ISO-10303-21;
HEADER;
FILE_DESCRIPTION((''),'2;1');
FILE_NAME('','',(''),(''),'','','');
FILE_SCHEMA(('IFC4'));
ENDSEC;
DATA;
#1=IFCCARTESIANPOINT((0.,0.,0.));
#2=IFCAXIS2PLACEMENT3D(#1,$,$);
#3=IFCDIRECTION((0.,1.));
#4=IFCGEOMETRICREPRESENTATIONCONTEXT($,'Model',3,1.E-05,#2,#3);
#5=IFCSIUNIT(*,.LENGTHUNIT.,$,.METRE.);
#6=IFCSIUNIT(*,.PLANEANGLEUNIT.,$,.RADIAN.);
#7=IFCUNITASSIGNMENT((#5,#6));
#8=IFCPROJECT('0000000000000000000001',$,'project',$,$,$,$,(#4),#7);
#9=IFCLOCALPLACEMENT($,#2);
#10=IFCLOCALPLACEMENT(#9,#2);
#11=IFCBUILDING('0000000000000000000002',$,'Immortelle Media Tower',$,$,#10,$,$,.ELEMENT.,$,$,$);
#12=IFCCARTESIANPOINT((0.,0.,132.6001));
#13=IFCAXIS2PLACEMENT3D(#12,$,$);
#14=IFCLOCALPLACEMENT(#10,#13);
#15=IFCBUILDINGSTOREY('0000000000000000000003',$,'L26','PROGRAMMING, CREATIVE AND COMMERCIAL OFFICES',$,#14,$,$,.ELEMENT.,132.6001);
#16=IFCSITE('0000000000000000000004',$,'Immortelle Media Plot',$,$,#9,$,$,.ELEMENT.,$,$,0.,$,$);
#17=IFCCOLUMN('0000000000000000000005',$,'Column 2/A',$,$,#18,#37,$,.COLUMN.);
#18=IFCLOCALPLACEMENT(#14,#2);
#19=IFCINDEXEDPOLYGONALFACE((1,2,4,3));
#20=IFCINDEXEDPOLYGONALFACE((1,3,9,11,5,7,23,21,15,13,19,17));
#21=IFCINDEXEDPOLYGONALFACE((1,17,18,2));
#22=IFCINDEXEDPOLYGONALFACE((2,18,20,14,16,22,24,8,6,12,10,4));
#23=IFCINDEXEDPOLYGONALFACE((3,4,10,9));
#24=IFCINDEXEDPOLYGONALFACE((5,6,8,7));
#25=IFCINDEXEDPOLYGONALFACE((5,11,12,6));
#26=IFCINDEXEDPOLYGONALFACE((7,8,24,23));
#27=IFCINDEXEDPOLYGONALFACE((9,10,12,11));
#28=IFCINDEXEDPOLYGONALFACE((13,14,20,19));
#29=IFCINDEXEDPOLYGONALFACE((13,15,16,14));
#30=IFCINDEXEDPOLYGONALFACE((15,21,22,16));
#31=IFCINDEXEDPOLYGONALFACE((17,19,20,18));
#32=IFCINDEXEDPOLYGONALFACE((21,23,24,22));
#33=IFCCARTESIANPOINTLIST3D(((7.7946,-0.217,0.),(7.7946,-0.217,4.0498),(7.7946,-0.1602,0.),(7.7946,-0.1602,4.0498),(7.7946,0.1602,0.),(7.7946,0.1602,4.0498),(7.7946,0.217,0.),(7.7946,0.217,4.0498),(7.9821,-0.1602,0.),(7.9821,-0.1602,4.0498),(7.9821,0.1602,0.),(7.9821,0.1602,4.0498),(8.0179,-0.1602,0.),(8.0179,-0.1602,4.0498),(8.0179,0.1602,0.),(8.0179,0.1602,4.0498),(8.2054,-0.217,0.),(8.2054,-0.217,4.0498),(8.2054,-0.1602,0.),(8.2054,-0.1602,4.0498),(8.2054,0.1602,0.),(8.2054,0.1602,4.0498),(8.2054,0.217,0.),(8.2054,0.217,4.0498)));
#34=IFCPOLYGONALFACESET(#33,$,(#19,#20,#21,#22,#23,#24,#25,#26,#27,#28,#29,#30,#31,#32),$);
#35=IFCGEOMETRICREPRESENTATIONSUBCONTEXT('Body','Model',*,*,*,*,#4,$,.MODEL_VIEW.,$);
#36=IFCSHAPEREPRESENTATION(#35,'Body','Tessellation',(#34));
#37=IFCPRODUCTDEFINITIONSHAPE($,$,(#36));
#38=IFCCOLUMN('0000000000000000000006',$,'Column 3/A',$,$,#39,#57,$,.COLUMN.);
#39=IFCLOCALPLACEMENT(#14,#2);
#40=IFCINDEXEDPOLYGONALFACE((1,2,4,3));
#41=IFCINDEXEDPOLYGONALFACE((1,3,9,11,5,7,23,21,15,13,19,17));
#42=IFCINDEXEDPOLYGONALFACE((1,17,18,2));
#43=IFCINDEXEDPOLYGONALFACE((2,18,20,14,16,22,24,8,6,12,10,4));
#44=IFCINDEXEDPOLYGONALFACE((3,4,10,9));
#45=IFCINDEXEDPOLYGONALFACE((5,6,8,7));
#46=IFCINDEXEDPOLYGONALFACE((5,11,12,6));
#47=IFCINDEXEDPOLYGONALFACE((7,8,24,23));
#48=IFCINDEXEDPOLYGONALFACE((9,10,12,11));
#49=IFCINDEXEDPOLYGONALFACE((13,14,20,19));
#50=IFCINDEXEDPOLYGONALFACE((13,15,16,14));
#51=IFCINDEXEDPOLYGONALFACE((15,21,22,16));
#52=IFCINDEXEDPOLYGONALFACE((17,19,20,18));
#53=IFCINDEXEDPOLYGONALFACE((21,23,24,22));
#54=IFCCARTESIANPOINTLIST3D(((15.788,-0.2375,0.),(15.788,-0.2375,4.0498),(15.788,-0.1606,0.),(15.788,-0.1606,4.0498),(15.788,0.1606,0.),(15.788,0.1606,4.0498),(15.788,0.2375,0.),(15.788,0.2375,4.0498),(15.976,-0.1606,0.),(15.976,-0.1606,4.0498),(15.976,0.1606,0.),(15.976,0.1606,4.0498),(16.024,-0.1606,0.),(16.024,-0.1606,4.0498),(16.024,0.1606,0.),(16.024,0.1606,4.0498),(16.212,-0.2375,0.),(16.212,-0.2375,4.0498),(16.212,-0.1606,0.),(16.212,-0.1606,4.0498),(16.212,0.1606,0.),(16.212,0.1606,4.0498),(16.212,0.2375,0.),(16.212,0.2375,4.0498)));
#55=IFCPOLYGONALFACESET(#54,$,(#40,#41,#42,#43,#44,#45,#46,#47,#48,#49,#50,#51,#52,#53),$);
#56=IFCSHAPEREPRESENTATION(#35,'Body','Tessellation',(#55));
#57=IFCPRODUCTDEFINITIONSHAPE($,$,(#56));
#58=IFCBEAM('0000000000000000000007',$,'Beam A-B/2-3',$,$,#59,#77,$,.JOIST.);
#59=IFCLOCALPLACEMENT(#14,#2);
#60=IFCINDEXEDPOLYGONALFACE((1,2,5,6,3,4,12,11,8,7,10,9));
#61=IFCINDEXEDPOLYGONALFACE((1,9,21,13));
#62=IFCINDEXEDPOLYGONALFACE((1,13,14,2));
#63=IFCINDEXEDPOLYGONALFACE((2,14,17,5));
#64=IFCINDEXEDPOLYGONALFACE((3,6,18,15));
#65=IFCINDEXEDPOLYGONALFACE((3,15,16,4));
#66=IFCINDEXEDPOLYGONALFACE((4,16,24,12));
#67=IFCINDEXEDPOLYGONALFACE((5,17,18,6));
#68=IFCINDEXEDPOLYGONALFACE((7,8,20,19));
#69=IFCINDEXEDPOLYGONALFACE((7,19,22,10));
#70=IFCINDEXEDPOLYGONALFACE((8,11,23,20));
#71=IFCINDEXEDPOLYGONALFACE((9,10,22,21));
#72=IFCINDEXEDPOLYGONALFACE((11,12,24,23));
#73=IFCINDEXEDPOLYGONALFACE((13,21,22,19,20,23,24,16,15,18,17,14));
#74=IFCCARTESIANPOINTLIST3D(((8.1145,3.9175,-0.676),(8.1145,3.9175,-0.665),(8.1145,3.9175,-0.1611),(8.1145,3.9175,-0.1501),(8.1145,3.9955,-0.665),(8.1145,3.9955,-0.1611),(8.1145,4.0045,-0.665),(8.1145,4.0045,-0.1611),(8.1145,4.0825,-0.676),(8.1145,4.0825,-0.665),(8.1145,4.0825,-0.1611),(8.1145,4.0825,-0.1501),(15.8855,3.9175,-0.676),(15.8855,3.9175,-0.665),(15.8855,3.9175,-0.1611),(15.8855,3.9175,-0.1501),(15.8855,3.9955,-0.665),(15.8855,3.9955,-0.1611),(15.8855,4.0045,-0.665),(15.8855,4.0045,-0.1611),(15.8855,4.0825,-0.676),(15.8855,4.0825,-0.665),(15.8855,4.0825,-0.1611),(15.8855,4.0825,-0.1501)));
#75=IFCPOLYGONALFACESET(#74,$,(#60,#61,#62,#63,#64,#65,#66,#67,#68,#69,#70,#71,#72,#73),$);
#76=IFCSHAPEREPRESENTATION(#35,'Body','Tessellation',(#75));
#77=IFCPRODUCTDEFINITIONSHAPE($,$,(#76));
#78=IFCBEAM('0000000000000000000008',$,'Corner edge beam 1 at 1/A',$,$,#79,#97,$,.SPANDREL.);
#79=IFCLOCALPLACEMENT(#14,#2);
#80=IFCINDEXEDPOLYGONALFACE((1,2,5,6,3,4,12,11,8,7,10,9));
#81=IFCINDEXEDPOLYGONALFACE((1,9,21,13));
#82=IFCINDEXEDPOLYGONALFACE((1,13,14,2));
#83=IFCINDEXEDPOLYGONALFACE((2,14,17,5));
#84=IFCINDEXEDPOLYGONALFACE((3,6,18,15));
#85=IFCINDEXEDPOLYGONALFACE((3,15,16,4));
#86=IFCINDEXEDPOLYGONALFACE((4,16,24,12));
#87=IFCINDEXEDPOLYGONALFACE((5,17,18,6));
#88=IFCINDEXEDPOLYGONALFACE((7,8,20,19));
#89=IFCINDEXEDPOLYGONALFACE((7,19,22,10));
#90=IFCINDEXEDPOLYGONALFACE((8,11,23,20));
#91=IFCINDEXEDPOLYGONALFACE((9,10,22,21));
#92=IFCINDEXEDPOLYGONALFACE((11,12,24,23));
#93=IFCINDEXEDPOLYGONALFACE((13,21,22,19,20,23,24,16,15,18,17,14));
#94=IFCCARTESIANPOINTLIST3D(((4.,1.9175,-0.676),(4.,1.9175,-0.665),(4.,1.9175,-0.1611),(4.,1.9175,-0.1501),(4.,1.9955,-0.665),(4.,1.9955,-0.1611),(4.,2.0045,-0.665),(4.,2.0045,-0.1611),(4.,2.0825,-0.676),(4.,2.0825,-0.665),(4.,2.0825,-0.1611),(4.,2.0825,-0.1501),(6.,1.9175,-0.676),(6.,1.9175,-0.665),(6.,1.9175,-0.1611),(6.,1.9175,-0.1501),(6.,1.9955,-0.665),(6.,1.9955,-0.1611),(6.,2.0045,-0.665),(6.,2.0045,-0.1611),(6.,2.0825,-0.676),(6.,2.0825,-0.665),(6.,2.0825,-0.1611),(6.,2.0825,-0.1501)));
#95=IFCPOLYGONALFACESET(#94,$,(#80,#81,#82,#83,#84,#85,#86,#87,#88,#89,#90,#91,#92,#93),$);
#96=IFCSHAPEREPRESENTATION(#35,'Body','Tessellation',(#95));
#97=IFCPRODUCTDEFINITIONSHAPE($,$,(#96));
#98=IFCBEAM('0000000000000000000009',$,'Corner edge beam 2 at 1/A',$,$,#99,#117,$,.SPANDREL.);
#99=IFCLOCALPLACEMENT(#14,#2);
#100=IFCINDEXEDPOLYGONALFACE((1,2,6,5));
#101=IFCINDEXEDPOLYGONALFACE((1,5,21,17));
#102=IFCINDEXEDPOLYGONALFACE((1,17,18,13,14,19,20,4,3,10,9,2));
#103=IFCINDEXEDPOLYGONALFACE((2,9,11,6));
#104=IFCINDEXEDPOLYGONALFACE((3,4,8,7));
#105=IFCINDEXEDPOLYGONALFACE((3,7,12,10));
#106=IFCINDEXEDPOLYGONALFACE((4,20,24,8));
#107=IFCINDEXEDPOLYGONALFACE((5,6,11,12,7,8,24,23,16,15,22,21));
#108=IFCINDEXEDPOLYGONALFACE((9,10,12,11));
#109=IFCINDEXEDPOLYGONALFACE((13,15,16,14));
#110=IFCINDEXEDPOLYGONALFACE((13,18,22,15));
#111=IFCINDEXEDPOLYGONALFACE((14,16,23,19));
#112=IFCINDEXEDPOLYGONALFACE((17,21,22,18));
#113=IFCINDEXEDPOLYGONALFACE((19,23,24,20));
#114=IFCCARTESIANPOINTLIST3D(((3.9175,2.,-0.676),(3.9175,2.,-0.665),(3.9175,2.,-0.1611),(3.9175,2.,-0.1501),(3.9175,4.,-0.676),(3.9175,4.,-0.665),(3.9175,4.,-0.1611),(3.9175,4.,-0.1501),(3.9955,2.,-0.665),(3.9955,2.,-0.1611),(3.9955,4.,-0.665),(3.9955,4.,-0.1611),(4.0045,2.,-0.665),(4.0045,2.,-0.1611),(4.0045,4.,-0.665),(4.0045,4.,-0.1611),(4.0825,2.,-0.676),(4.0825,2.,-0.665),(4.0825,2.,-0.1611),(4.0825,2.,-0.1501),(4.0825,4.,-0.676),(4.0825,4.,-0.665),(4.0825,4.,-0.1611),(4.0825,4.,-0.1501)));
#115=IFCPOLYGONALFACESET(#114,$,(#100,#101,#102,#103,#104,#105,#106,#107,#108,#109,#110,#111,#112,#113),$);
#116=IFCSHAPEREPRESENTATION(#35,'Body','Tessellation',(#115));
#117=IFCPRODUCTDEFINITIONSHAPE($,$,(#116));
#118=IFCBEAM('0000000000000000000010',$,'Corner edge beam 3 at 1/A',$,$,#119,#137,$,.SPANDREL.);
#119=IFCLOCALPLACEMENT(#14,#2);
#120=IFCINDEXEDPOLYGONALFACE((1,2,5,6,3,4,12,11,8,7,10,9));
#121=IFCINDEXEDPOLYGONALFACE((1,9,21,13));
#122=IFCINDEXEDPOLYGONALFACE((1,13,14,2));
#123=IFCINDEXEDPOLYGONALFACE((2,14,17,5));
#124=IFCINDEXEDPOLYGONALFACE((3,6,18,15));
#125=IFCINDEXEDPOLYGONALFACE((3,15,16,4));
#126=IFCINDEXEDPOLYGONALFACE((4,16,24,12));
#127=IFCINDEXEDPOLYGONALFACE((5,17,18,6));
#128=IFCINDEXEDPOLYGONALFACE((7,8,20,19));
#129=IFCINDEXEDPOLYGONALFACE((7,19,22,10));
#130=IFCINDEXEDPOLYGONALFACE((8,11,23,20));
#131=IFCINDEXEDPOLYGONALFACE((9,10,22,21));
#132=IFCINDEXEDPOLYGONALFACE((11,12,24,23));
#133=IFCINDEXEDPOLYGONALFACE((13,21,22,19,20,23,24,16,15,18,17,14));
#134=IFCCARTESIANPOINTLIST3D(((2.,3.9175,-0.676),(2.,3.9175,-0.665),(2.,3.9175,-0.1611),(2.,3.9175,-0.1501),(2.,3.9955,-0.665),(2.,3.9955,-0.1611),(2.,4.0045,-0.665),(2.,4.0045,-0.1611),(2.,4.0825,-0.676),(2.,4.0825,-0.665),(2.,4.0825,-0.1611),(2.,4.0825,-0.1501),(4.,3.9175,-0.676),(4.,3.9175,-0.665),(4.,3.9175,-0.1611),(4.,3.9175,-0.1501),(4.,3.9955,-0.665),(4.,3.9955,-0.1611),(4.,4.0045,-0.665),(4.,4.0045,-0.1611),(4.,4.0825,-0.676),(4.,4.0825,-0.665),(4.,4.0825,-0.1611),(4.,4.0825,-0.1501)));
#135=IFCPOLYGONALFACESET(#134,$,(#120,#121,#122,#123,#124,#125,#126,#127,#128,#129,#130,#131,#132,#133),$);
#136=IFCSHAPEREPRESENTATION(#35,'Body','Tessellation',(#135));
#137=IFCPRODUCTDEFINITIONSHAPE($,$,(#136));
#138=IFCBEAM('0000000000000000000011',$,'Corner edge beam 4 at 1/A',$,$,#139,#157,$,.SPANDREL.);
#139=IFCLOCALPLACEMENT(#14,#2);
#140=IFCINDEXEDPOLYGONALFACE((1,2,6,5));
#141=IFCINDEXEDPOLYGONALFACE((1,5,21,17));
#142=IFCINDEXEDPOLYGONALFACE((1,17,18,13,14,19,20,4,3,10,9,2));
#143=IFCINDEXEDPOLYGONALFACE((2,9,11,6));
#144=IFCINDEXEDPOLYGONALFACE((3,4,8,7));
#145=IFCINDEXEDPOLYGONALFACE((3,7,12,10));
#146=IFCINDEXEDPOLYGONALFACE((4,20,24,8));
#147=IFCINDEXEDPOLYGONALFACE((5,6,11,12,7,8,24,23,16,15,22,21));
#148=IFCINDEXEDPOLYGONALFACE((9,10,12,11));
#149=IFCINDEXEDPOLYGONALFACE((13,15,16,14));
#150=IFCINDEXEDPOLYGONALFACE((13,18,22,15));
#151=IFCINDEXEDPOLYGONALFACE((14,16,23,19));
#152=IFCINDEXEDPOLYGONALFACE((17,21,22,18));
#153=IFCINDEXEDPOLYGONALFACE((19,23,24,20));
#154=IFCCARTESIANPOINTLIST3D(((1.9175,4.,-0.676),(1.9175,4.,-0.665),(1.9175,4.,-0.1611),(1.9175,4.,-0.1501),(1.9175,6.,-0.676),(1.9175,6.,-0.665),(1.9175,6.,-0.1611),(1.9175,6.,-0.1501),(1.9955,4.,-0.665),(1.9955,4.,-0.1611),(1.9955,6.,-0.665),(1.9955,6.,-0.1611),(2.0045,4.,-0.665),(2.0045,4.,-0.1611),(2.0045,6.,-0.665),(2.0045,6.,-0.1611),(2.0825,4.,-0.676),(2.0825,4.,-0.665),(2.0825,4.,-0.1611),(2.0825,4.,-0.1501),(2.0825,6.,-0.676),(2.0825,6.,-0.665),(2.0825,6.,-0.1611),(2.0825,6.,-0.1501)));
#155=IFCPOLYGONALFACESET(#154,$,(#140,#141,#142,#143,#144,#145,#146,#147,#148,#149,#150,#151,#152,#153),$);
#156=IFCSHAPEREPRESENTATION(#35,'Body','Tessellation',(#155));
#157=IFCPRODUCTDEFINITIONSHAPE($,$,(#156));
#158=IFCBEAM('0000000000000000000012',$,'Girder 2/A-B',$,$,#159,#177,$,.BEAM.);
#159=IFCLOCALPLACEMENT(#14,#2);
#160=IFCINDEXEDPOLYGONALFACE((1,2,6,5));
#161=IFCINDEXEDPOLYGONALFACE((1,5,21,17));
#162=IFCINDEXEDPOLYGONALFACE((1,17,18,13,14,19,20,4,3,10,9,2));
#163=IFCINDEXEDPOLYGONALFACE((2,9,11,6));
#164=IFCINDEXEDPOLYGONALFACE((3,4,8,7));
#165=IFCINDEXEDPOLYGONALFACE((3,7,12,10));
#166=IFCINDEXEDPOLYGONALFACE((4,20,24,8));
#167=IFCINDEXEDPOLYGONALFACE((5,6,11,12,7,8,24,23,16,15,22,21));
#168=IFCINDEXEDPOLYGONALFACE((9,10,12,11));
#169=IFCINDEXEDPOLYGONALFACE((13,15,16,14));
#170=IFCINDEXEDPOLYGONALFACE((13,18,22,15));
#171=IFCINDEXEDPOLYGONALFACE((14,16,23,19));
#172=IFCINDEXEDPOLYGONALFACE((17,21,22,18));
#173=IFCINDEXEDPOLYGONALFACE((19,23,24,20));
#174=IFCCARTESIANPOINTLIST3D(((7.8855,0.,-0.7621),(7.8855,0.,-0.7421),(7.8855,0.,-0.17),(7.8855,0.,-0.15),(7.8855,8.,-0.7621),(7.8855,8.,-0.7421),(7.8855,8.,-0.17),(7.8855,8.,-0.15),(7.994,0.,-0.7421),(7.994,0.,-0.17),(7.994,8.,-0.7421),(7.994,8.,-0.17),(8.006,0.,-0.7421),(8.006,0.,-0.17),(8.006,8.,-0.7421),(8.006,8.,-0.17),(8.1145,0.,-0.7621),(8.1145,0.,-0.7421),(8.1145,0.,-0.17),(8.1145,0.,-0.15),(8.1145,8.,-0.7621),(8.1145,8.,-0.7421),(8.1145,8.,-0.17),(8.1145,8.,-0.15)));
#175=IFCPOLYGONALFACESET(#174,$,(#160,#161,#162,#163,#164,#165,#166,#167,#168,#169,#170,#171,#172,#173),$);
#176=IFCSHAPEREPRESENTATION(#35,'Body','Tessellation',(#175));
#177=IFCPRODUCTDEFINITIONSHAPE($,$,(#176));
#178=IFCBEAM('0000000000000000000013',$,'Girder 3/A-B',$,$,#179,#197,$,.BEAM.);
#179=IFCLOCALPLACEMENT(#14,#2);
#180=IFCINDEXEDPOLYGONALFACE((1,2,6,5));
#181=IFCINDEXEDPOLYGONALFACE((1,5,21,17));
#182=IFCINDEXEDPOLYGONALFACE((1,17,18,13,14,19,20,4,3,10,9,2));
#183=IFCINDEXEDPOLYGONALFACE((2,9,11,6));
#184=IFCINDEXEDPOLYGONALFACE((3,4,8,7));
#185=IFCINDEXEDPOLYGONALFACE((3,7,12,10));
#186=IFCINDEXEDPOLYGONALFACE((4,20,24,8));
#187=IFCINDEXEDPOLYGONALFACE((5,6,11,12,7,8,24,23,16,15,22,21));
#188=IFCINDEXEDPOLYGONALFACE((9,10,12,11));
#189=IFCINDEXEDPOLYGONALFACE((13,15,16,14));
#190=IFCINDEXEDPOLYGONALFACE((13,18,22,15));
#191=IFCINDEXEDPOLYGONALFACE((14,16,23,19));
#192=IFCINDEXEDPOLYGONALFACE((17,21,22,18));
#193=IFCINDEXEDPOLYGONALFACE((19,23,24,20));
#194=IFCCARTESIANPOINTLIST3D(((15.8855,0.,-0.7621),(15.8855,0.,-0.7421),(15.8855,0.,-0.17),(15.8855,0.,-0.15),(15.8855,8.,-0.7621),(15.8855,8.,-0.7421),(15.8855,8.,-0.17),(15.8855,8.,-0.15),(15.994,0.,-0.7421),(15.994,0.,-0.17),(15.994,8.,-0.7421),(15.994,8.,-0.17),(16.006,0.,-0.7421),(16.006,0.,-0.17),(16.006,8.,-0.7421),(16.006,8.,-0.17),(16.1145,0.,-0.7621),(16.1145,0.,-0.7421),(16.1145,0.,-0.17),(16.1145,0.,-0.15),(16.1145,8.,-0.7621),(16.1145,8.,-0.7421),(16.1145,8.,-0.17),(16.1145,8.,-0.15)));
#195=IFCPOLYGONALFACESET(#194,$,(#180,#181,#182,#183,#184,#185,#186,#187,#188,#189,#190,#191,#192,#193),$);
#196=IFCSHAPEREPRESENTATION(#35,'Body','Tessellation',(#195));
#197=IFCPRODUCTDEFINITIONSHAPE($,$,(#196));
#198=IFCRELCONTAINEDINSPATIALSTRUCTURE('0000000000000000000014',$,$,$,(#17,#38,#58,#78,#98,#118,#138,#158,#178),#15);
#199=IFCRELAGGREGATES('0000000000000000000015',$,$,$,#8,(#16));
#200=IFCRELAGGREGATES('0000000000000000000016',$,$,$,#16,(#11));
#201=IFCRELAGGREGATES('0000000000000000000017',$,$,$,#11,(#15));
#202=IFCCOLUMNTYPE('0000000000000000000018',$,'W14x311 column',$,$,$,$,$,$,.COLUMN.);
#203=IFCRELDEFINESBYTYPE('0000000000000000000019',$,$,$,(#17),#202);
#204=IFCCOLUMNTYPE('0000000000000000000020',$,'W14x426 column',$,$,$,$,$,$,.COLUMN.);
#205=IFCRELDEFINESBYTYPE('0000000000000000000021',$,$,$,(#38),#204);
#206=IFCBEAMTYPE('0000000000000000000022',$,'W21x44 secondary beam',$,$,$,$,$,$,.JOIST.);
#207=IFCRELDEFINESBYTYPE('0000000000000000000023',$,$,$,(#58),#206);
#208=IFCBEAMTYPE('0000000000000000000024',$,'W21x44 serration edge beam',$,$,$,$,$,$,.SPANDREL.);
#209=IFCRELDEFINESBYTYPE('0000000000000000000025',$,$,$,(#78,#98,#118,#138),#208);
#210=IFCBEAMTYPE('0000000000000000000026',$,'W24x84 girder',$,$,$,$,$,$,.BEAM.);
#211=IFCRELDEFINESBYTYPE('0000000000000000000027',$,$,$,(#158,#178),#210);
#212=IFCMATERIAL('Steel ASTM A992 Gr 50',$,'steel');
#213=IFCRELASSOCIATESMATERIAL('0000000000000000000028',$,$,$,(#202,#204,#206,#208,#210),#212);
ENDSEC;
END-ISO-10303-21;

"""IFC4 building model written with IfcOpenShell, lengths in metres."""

from ifc_helpers import new_model, si_unit, direction, frame, origin, origin_2d, place, context, subcontext, project, spatial, i_section, extrude, material, material_profile, profile_set, type_object, element, save


model = new_model("IFC4")

# Units and contexts
model_context = context("Model", 3, precision=1e-05, world=origin(), true_north=direction((0.0, 1.0)))
body_context = subcontext(model_context, "Body", "Model", "MODEL_VIEW")
ifc_project = project(units=[si_unit("LENGTHUNIT", "METRE"), si_unit("PLANEANGLEUNIT", "RADIAN")], contexts=[model_context])

# Site, building, storey
site_placement = place(None, origin())
site = spatial("IfcSite", under=ifc_project, at=site_placement, Name="Immortelle Media Plot", CompositionType="ELEMENT", RefElevation=0.0)
building_placement = place(site_placement, origin())
building = spatial("IfcBuilding", under=site, at=building_placement, Name="Immortelle Media Tower", CompositionType="ELEMENT")
storey_placement = place(building_placement, frame((0.0, 0.0, 132.6001)))
storey = spatial("IfcBuildingStorey", under=building, at=storey_placement, Name="L26", Description="PROGRAMMING, CREATIVE AND COMMERCIAL OFFICES", CompositionType="ELEMENT", Elevation=132.6001)

# Columns
ifc_material_1 = material(Name="Steel ASTM A992 Gr 50", Category="steel")
ifc_material_profile_1 = material_profile(ifc_material_1, i_section(OverallWidth=0.4109, OverallDepth=0.4341, WebThickness=0.0359, FlangeThickness=0.0569, at=origin_2d()), Name="W14x311")
ifc_profile_set_1 = profile_set([ifc_material_profile_1], Name="Steel ASTM A992 Gr 50")
column_type_1 = type_object("IfcColumnType", Name="W14x311 column", PredefinedType="COLUMN", material=ifc_profile_set_1)
column_1_placement = place(storey_placement, frame((8.0, 0.0, 0.0), z_axis=(0.0, 0.0, 1.0), x_axis=(1.0, 0.0, 0.0)))
element("IfcColumn", 1, at=column_1_placement, inside=storey, type_object=column_type_1, Name="Column 2/A", PredefinedType="COLUMN", context=body_context, shape_type="SweptSolid", body=[
    extrude(i_section(OverallWidth=0.4109, OverallDepth=0.4341, WebThickness=0.0359, FlangeThickness=0.0569, at=origin_2d()), origin(), (0.0, 0.0, 1.0), 4.0498),
])
ifc_material_profile_2 = material_profile(ifc_material_1, i_section(OverallWidth=0.4241, OverallDepth=0.4751, WebThickness=0.0481, FlangeThickness=0.0769, at=origin_2d()), Name="W14x426")
ifc_profile_set_2 = profile_set([ifc_material_profile_2], Name="Steel ASTM A992 Gr 50")
column_type_2 = type_object("IfcColumnType", Name="W14x426 column", PredefinedType="COLUMN", material=ifc_profile_set_2)
column_2_placement = place(storey_placement, frame((16.0, 0.0, 0.0), z_axis=(0.0, 0.0, 1.0), x_axis=(1.0, 0.0, 0.0)))
element("IfcColumn", 2, at=column_2_placement, inside=storey, type_object=column_type_2, Name="Column 3/A", PredefinedType="COLUMN", context=body_context, shape_type="SweptSolid", body=[
    extrude(i_section(OverallWidth=0.4241, OverallDepth=0.4751, WebThickness=0.0481, FlangeThickness=0.0769, at=origin_2d()), origin(), (0.0, 0.0, 1.0), 4.0498),
])

# Beams
ifc_material_profile_3 = material_profile(ifc_material_1, i_section(OverallWidth=0.165, OverallDepth=0.5259, WebThickness=0.009, FlangeThickness=0.011, at=origin_2d()), Name="W21x44")
ifc_profile_set_3 = profile_set([ifc_material_profile_3], Name="Steel ASTM A992 Gr 50")
beam_type_1 = type_object("IfcBeamType", Name="W21x44 secondary beam", PredefinedType="JOIST", material=ifc_profile_set_3)
beam_1_placement = place(storey_placement, frame((8.1145, 4.0, -0.4131), z_axis=(1.0, 0.0, 0.0), x_axis=(0.0, 1.0, 0.0)))
element("IfcBeam", 3, at=beam_1_placement, inside=storey, type_object=beam_type_1, Name="Beam A-B/2-3", PredefinedType="JOIST", context=body_context, shape_type="SweptSolid", body=[
    extrude(i_section(OverallWidth=0.165, OverallDepth=0.5259, WebThickness=0.009, FlangeThickness=0.011, at=origin_2d()), origin(), (0.0, 0.0, 1.0), 7.771),
])
ifc_material_profile_4 = material_profile(ifc_material_1, i_section(OverallWidth=0.165, OverallDepth=0.5259, WebThickness=0.009, FlangeThickness=0.011, at=origin_2d()), Name="W21x44")
ifc_profile_set_4 = profile_set([ifc_material_profile_4], Name="Steel ASTM A992 Gr 50")
beam_type_2 = type_object("IfcBeamType", Name="W21x44 serration edge beam", PredefinedType="SPANDREL", material=ifc_profile_set_4)
for number, where, z_axis, x_axis, name in (
    (4, (6.0, 2.0, -0.4131), (-1.0, 0.0, 0.0), (0.0, -1.0, 0.0), "Corner edge beam 1 at 1/A"),
    (5, (4.0, 2.0, -0.4131), (0.0, 1.0, 0.0), (-1.0, 0.0, 0.0), "Corner edge beam 2 at 1/A"),
    (6, (4.0, 4.0, -0.4131), (-1.0, 0.0, 0.0), (0.0, -1.0, 0.0), "Corner edge beam 3 at 1/A"),
    (7, (2.0, 4.0, -0.4131), (0.0, 1.0, 0.0), (-1.0, 0.0, 0.0), "Corner edge beam 4 at 1/A"),
):
    element("IfcBeam", number, at=place(storey_placement, frame(where, z_axis=z_axis, x_axis=x_axis)), inside=storey, type_object=beam_type_2, Name=name, PredefinedType="SPANDREL", context=body_context, shape_type="SweptSolid", body=[
        extrude(i_section(OverallWidth=0.165, OverallDepth=0.5259, WebThickness=0.009, FlangeThickness=0.011, at=origin_2d()), origin(), (0.0, 0.0, 1.0), 2.0),
    ])
ifc_material_profile_5 = material_profile(ifc_material_1, i_section(OverallWidth=0.229, OverallDepth=0.6121, WebThickness=0.012, FlangeThickness=0.02, at=origin_2d()), Name="W24x84")
ifc_profile_set_5 = profile_set([ifc_material_profile_5], Name="Steel ASTM A992 Gr 50")
beam_type_3 = type_object("IfcBeamType", Name="W24x84 girder", PredefinedType="BEAM", material=ifc_profile_set_5)
for number, where, z_axis, x_axis, name in (
    (8, (8.0, 0.0, -0.4561), (0.0, 1.0, 0.0), (-1.0, 0.0, 0.0), "Girder 2/A-B"),
    (9, (16.0, 0.0, -0.4561), (0.0, 1.0, 0.0), (-1.0, 0.0, 0.0), "Girder 3/A-B"),
):
    element("IfcBeam", number, at=place(storey_placement, frame(where, z_axis=z_axis, x_axis=x_axis)), inside=storey, type_object=beam_type_3, Name=name, PredefinedType="BEAM", context=body_context, shape_type="SweptSolid", body=[
        extrude(i_section(OverallWidth=0.229, OverallDepth=0.6121, WebThickness=0.012, FlangeThickness=0.02, at=origin_2d()), origin(), (0.0, 0.0, 1.0), 8.0),
    ])

save(model, "model.ifc")
